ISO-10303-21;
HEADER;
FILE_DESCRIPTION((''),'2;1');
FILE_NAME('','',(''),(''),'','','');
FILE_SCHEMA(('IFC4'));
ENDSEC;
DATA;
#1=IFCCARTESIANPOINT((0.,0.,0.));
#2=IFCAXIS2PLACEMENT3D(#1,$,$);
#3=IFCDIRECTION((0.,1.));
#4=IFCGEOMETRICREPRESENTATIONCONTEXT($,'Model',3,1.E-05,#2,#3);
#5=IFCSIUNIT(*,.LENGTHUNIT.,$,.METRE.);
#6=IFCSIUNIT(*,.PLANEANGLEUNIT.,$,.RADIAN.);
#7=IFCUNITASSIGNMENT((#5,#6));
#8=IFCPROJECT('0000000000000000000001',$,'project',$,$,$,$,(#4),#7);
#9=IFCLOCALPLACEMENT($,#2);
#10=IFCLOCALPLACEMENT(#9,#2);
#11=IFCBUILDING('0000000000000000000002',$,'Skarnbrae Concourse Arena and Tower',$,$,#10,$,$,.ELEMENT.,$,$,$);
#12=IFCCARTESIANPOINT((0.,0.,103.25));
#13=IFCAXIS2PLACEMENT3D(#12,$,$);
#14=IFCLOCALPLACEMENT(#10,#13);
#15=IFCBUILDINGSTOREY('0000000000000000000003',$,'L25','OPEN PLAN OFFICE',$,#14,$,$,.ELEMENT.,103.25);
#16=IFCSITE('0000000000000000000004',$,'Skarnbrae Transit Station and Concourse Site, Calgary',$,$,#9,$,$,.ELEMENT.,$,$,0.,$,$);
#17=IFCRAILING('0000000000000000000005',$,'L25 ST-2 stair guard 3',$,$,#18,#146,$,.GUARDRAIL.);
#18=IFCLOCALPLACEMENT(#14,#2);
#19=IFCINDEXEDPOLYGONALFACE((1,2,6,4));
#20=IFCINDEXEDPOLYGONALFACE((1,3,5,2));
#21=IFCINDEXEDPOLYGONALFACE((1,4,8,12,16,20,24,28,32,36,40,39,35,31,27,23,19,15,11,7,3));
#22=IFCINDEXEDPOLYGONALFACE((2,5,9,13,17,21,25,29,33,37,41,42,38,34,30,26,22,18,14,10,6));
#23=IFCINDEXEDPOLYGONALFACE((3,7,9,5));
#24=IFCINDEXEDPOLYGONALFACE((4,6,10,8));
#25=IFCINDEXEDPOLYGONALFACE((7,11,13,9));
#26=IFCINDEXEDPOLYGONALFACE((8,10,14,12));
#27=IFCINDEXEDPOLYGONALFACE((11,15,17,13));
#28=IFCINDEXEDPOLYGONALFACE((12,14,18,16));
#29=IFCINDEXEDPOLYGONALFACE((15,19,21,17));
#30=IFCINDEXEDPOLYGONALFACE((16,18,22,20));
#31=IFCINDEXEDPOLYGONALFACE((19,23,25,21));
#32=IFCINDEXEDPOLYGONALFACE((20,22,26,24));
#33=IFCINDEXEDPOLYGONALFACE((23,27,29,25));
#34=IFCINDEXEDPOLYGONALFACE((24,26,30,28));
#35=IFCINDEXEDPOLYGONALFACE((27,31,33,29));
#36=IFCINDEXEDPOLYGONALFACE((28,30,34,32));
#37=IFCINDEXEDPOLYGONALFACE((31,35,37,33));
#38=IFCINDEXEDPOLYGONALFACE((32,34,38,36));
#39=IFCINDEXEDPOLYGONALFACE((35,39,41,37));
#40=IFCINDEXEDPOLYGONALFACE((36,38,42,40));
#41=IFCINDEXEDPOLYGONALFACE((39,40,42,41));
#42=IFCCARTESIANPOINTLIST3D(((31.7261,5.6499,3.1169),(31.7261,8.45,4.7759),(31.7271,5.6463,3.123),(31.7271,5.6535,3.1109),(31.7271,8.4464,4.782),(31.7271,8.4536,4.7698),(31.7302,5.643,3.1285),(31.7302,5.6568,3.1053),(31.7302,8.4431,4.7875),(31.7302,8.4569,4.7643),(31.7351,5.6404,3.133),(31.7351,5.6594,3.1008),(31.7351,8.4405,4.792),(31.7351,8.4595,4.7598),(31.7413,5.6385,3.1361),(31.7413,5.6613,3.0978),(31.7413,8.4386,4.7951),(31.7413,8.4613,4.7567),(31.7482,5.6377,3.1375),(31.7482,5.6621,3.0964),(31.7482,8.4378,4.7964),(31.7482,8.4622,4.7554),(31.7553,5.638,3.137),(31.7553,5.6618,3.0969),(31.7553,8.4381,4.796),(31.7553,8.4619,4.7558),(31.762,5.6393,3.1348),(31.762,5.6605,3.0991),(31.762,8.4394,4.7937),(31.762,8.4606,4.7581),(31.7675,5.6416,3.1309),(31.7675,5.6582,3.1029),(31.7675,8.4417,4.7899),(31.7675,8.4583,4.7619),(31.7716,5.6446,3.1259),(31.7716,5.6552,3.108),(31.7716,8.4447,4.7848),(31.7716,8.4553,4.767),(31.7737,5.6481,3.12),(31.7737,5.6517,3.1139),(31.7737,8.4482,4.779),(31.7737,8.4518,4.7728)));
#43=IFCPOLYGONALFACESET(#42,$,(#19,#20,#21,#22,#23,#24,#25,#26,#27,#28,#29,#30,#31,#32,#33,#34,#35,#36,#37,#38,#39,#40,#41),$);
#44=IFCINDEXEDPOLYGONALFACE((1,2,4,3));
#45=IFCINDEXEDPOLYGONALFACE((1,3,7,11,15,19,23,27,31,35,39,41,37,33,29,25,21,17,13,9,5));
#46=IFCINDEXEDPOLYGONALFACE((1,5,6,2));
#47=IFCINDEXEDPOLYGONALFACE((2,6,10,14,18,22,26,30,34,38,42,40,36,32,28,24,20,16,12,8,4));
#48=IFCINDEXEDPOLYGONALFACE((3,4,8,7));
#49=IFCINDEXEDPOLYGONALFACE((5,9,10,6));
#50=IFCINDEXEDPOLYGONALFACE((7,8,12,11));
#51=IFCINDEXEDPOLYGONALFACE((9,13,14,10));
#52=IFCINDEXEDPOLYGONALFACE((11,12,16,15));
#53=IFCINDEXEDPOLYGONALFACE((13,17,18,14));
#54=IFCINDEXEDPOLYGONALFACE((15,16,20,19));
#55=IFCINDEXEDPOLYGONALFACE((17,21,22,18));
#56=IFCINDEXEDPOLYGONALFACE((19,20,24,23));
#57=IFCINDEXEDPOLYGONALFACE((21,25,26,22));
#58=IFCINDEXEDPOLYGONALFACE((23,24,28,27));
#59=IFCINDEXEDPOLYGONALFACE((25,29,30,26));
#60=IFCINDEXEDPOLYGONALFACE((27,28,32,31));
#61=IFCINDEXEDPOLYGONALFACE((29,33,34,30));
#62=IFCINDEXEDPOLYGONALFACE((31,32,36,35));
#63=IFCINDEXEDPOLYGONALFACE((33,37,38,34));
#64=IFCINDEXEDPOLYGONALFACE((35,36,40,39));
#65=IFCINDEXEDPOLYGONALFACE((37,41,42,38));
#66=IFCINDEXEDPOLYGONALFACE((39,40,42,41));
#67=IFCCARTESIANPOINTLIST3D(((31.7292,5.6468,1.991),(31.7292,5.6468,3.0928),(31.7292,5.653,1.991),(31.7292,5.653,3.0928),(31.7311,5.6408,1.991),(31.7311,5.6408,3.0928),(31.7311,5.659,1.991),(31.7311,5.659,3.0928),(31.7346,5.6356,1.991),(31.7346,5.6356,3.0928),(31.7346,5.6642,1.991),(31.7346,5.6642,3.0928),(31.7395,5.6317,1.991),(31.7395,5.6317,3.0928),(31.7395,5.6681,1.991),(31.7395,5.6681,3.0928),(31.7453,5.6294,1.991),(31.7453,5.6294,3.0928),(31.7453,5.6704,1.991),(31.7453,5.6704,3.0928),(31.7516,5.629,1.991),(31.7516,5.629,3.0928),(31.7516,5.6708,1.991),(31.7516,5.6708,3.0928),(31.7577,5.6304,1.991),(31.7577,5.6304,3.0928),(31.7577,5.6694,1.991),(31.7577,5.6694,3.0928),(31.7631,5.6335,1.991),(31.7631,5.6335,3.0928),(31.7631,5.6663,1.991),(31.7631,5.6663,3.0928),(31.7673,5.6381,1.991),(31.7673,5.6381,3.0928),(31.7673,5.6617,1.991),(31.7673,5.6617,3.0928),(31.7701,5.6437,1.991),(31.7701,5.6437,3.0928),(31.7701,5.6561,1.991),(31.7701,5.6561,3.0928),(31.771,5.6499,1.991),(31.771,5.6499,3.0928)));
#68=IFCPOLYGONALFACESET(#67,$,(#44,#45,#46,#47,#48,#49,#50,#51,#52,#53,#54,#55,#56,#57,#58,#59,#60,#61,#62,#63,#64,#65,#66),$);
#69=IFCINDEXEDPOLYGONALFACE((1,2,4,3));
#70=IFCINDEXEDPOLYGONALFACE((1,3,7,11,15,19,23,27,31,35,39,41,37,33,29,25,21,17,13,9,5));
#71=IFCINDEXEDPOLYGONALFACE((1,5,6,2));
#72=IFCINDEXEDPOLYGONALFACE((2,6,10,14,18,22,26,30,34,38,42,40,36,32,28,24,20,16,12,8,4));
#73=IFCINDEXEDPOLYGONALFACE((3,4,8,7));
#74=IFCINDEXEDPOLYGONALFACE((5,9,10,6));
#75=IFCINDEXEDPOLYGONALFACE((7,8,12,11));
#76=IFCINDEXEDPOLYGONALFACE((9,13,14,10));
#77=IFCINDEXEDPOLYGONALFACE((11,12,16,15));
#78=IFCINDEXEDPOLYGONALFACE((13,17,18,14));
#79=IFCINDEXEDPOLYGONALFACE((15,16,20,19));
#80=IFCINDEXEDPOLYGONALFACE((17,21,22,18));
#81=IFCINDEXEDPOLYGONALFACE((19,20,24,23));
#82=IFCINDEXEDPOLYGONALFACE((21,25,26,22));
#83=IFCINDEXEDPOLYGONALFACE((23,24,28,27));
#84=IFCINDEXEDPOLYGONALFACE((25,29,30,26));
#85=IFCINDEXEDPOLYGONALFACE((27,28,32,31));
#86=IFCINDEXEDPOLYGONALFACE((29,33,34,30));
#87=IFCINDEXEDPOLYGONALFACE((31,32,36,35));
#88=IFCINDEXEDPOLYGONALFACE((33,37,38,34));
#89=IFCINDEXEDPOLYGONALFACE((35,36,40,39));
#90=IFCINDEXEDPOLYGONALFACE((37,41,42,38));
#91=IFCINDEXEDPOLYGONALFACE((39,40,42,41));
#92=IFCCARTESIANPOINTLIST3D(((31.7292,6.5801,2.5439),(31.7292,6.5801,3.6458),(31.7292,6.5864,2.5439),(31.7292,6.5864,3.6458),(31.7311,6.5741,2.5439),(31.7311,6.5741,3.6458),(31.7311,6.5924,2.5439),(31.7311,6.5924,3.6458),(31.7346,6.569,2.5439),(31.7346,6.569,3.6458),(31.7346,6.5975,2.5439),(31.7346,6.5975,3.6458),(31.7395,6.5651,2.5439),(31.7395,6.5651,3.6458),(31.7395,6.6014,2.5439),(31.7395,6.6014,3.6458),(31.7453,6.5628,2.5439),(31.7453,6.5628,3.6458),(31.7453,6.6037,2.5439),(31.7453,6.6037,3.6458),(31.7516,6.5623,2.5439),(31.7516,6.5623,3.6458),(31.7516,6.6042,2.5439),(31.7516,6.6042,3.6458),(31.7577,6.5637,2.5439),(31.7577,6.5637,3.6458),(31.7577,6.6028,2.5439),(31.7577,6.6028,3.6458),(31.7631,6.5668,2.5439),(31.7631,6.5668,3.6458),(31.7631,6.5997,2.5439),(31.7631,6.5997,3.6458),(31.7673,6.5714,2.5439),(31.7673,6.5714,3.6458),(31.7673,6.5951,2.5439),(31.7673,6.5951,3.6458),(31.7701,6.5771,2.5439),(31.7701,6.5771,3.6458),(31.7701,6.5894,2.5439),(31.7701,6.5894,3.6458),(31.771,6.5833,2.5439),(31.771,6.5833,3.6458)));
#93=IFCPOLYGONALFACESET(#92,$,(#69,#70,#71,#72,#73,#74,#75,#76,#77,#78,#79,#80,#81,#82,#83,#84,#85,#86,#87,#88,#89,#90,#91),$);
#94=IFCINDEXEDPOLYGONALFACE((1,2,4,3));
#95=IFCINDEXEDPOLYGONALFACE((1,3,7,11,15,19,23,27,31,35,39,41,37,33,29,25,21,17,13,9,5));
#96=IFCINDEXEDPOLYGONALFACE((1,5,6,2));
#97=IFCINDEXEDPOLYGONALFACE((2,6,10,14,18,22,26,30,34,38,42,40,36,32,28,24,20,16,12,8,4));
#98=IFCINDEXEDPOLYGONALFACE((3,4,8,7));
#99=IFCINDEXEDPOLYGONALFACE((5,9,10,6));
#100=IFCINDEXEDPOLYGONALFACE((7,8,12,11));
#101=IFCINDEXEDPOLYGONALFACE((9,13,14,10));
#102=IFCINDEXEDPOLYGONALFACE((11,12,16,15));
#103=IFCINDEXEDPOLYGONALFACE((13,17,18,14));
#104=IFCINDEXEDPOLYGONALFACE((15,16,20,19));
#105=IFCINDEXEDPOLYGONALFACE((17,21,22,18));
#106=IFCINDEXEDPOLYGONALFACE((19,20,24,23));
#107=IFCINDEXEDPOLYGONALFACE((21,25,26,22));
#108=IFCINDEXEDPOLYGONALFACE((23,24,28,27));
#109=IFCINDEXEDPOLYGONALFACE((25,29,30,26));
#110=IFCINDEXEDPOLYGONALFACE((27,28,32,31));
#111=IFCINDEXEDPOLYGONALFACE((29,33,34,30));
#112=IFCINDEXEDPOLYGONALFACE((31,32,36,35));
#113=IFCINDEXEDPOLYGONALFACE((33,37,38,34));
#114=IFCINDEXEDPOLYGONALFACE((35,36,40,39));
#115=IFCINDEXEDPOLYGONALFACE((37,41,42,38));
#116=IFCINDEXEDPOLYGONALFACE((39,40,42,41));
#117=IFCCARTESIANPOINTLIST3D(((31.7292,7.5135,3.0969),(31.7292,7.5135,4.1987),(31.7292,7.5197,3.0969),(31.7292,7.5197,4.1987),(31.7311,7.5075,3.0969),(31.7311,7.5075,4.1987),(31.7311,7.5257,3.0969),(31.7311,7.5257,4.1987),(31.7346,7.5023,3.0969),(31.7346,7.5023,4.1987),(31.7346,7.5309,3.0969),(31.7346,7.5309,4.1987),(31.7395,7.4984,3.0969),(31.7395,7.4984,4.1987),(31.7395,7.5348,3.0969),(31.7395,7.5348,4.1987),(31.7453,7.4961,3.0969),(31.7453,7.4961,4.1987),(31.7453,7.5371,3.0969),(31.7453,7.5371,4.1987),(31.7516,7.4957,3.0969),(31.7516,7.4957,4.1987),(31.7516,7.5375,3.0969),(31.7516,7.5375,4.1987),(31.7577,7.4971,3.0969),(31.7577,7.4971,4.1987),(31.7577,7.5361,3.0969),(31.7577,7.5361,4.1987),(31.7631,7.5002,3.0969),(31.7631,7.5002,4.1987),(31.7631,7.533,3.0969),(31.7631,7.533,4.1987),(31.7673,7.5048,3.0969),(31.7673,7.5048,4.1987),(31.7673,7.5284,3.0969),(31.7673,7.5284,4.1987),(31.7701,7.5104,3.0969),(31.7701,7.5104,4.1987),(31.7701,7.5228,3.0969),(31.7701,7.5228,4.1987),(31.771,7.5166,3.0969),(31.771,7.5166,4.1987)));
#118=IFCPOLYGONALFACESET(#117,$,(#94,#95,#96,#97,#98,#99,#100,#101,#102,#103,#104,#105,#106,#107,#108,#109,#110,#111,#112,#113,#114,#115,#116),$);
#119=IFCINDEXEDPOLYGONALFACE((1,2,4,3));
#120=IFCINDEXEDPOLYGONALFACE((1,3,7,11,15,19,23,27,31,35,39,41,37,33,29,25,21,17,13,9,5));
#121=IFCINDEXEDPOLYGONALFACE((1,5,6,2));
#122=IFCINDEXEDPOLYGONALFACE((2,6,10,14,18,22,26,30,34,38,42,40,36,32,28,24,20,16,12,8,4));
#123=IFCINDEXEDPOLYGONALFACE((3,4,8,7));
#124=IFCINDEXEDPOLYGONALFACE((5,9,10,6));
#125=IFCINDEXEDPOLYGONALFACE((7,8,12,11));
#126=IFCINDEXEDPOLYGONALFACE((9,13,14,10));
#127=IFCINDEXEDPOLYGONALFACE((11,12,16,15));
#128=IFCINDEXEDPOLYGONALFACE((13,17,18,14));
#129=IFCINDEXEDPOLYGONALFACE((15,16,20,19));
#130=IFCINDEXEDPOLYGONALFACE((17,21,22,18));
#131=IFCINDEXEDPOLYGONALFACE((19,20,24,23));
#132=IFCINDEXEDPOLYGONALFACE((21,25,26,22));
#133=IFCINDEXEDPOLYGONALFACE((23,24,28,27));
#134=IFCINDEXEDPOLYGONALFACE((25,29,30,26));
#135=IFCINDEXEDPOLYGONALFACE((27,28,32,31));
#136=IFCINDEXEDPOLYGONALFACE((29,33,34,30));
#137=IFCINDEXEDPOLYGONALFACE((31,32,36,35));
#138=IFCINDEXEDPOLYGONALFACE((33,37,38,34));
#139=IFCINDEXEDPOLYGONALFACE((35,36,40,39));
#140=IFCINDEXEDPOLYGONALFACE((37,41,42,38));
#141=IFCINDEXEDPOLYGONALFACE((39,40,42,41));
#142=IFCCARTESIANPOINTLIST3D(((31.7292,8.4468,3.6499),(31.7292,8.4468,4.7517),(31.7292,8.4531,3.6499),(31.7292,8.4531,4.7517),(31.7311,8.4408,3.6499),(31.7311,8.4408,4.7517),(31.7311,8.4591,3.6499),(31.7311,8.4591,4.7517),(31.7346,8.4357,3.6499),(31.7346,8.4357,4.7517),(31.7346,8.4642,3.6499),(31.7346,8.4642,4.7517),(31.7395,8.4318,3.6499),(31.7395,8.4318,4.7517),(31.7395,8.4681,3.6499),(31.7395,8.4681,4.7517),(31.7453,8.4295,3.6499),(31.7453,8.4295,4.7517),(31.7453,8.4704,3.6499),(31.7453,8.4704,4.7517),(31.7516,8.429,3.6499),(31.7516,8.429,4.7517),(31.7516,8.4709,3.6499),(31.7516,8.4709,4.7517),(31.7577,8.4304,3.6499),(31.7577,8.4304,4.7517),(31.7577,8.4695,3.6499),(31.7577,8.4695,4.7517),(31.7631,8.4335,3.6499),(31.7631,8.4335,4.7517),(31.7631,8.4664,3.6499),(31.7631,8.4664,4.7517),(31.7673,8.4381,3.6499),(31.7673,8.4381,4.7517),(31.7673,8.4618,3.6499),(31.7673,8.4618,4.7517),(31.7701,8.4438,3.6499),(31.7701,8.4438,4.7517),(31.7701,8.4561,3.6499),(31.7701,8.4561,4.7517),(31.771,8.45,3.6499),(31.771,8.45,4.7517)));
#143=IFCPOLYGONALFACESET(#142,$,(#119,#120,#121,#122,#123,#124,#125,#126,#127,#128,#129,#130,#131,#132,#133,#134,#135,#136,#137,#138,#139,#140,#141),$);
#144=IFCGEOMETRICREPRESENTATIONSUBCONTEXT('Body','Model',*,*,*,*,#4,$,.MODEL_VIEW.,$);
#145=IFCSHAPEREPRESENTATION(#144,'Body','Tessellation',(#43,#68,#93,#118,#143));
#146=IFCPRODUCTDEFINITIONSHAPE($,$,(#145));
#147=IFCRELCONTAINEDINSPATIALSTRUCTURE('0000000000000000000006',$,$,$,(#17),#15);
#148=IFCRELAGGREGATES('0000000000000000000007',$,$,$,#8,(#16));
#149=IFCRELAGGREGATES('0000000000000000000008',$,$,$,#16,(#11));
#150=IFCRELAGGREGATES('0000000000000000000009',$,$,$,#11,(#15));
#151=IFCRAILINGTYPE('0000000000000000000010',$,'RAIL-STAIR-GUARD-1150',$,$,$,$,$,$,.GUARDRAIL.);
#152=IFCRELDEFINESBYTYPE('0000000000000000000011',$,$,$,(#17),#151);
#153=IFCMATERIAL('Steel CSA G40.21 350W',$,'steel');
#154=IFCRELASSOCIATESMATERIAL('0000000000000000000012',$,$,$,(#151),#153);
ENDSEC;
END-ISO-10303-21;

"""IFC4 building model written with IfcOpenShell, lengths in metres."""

from ifc_helpers import new_model, si_unit, direction, frame, origin, origin_2d, place, context, subcontext, project, spatial, circle, extrude, material, type_object, element, save


model = new_model("IFC4")

# Units and contexts
model_context = context("Model", 3, precision=1e-05, world=origin(), true_north=direction((0.0, 1.0)))
body_context = subcontext(model_context, "Body", "Model", "MODEL_VIEW")
ifc_project = project(units=[si_unit("LENGTHUNIT", "METRE"), si_unit("PLANEANGLEUNIT", "RADIAN")], contexts=[model_context])

# Site, building, storey
site_placement = place(None, origin())
site = spatial("IfcSite", under=ifc_project, at=site_placement, Name="Skarnbrae Transit Station and Concourse Site, Calgary", CompositionType="ELEMENT", RefElevation=0.0)
building_placement = place(site_placement, origin())
building = spatial("IfcBuilding", under=site, at=building_placement, Name="Skarnbrae Concourse Arena and Tower", CompositionType="ELEMENT")
storey_placement = place(building_placement, frame((0.0, 0.0, 103.25)))
storey = spatial("IfcBuildingStorey", under=building, at=storey_placement, Name="L25", Description="OPEN PLAN OFFICE", CompositionType="ELEMENT", Elevation=103.25)

# Shared definitions
ifc_material_1 = material(Name="Steel CSA G40.21 350W", Category="steel")

# Railing
railing_type_1 = type_object("IfcRailingType", Name="RAIL-STAIR-GUARD-1150", PredefinedType="GUARDRAIL", material=ifc_material_1)
railing_1_placement = place(storey_placement, frame((31.75, 5.6499, 1.991)))
element("IfcRailing", 1, at=railing_1_placement, inside=storey, type_object=railing_type_1, Name="L25 ST-2 stair guard 3", PredefinedType="GUARDRAIL", context=body_context, shape_type="SweptSolid", body=[
    extrude(circle(Radius=0.0239, at=origin_2d()), frame((0.0, 0.0, 1.126), z_axis=(0.0, 0.860339, 0.509722), x_axis=(-1.0, 0.0, 0.0)), (0.0, 0.0, 1.0), 3.2546),
    extrude(circle(Radius=0.021, at=origin_2d()), origin(), (0.0, 0.0, 1.0), 1.1018),
    extrude(circle(Radius=0.021, at=origin_2d()), frame((0.0, 0.9333, 0.553)), (0.0, 0.0, 1.0), 1.1018),
    extrude(circle(Radius=0.021, at=origin_2d()), frame((0.0, 1.8667, 1.106)), (0.0, 0.0, 1.0), 1.1018),
    extrude(circle(Radius=0.021, at=origin_2d()), frame((0.0, 2.8, 1.6589)), (0.0, 0.0, 1.0), 1.1018),
])

save(model, "model.ifc")
